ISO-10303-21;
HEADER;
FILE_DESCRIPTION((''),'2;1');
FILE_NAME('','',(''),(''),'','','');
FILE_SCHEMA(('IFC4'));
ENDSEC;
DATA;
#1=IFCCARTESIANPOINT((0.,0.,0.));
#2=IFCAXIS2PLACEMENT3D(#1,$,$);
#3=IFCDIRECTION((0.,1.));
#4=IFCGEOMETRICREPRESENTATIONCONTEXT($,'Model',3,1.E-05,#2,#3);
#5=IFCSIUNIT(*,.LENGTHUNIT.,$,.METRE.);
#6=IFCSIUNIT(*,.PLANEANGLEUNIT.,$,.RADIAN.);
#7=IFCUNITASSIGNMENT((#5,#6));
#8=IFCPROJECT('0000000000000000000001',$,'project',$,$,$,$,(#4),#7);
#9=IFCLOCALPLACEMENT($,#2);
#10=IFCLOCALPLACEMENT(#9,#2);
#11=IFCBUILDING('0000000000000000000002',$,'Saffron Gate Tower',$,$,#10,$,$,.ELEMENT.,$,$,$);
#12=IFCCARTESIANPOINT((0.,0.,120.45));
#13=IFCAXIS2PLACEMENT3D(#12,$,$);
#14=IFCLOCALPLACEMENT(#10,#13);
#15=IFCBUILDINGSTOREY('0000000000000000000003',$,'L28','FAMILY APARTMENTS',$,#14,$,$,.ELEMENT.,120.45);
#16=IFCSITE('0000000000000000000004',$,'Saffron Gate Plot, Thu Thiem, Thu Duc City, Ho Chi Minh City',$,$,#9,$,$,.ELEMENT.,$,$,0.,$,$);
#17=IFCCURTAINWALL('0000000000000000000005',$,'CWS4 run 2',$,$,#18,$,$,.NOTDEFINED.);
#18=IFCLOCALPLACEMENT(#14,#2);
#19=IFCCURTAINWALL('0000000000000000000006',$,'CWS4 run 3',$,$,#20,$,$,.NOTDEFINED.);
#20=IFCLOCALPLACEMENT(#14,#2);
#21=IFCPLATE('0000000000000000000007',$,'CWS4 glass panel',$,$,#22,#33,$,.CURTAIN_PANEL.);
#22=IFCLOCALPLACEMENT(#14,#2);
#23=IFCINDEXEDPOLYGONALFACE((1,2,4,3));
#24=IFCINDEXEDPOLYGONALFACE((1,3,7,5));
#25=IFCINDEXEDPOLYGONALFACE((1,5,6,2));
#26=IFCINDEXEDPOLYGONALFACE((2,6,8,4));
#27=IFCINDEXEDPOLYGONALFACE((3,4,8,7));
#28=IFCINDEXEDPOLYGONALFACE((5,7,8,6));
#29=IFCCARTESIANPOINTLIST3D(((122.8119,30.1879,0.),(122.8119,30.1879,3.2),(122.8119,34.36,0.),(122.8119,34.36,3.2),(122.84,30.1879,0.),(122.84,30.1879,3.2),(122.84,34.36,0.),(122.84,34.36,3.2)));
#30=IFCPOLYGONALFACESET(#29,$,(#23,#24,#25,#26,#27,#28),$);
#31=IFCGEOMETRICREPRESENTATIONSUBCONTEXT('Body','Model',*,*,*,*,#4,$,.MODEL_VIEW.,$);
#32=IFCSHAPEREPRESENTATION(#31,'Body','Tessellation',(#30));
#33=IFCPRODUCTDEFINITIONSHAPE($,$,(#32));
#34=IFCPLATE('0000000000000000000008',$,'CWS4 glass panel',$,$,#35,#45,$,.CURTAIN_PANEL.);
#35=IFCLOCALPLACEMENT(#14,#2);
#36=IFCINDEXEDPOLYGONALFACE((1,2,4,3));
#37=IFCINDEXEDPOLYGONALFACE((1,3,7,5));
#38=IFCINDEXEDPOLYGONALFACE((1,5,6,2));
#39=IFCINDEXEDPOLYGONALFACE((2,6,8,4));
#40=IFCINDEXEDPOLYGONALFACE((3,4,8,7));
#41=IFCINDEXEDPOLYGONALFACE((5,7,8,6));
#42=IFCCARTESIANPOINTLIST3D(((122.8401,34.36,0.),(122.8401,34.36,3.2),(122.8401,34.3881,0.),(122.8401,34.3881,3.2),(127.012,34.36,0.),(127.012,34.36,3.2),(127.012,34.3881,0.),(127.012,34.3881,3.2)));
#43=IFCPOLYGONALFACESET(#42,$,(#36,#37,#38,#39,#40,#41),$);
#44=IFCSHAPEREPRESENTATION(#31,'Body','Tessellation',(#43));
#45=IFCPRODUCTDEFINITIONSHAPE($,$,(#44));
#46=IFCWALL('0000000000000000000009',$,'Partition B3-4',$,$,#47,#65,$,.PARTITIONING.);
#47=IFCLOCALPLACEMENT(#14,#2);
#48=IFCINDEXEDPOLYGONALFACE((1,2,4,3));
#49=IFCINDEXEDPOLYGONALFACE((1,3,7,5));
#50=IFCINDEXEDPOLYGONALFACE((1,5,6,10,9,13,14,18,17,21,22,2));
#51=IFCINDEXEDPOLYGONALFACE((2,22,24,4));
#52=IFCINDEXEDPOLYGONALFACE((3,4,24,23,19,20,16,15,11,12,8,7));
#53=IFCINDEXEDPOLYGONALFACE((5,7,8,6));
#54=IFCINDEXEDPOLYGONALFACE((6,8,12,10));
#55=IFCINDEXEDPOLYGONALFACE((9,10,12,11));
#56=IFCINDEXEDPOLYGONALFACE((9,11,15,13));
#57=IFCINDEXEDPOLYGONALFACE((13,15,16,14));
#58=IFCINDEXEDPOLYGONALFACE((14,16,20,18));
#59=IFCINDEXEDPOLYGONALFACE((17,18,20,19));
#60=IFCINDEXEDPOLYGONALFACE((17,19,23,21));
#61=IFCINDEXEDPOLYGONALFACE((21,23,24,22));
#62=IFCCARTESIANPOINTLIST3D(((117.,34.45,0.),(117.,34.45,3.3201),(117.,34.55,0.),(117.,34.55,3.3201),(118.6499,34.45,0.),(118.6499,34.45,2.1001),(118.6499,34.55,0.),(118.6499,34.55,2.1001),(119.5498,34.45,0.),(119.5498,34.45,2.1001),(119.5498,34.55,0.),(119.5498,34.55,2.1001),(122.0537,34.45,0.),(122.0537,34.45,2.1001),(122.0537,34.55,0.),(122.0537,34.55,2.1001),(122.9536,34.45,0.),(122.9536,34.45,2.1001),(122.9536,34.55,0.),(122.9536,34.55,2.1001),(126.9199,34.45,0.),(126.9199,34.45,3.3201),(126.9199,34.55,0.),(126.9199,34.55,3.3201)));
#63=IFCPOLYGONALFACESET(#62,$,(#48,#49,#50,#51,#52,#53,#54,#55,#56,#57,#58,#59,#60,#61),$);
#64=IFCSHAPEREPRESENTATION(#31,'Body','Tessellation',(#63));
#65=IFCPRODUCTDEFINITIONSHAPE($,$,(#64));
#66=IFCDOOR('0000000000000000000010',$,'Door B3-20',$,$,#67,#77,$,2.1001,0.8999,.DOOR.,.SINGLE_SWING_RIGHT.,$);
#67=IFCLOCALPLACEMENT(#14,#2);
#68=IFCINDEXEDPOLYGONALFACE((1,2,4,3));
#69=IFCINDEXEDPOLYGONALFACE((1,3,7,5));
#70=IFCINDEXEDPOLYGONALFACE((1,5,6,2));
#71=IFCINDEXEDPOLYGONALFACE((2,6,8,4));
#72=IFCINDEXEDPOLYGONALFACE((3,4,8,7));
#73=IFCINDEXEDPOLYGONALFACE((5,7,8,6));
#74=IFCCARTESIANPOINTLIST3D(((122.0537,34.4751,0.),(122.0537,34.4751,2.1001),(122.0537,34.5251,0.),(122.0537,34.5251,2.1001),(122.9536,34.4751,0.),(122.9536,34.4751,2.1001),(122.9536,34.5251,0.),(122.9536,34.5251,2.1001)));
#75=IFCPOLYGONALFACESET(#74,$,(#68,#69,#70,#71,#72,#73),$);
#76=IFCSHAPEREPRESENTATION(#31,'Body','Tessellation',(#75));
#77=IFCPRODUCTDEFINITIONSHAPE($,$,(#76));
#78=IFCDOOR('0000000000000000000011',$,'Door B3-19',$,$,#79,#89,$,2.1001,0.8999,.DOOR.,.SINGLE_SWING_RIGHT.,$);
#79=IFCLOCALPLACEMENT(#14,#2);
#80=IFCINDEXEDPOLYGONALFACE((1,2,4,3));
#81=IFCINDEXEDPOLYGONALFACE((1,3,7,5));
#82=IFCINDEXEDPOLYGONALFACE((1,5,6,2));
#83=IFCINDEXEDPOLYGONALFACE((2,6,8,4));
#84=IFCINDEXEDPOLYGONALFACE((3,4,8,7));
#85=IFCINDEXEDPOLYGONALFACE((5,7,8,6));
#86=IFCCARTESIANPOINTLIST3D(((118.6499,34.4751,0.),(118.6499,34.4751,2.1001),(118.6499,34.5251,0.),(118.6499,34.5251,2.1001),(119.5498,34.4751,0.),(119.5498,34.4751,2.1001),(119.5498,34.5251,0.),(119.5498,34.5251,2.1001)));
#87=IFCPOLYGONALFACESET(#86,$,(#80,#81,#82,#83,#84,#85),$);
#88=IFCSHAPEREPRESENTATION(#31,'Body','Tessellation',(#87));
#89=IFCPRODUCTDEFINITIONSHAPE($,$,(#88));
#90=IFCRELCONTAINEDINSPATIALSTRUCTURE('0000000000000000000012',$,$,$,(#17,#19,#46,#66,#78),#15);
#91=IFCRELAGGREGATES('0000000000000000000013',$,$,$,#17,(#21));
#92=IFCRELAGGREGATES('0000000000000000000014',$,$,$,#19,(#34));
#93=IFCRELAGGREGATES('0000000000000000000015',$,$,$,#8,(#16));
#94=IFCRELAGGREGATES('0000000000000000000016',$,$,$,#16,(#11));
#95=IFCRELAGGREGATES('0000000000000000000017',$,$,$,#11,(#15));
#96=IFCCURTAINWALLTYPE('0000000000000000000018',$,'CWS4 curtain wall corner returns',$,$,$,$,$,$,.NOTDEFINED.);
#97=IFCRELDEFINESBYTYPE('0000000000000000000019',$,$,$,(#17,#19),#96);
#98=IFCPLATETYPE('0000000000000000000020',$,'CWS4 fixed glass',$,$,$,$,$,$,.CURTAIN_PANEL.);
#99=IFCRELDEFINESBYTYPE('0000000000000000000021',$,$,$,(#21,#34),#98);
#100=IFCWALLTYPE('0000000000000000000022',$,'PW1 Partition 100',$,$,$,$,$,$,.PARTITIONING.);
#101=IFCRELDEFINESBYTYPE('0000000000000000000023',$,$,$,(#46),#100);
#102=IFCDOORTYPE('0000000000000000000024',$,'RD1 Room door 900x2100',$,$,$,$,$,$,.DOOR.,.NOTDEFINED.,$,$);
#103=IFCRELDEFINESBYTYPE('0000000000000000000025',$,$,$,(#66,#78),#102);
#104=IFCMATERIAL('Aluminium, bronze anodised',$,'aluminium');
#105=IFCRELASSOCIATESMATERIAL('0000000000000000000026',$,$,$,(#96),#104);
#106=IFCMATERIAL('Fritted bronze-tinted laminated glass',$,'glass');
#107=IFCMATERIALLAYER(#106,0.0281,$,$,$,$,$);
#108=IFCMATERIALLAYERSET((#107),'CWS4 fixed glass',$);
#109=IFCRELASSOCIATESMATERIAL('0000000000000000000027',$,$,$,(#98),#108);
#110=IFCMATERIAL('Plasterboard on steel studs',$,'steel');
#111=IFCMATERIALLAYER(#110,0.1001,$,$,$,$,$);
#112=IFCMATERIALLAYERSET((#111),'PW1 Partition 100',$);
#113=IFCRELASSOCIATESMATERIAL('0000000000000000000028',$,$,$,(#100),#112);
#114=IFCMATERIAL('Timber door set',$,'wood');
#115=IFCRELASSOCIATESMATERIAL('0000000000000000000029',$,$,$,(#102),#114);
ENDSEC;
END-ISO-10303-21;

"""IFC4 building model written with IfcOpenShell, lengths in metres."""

from ifc_helpers import new_model, si_unit, direction, frame, frame_2d, origin, place, context, subcontext, project, spatial, rectangle, extrude, material, layer, layer_set, type_object, element, fill, aggregate, save


model = new_model("IFC4")

# Units and contexts
model_context = context("Model", 3, precision=1e-05, world=origin(), true_north=direction((0.0, 1.0)))
body_context = subcontext(model_context, "Body", "Model", "MODEL_VIEW")
ifc_project = project(units=[si_unit("LENGTHUNIT", "METRE"), si_unit("PLANEANGLEUNIT", "RADIAN")], contexts=[model_context])

# Site, building, storey
site_placement = place(None, origin())
site = spatial("IfcSite", under=ifc_project, at=site_placement, Name="Saffron Gate Plot, Thu Thiem, Thu Duc City, Ho Chi Minh City", CompositionType="ELEMENT", RefElevation=0.0)
building_placement = place(site_placement, origin())
building = spatial("IfcBuilding", under=site, at=building_placement, Name="Saffron Gate Tower", CompositionType="ELEMENT")
storey_placement = place(building_placement, frame((0.0, 0.0, 120.45)))
storey = spatial("IfcBuildingStorey", under=building, at=storey_placement, Name="L28", Description="FAMILY APARTMENTS", CompositionType="ELEMENT", Elevation=120.45)

# Shared definitions
ifc_material_1 = material(Name="Aluminium, bronze anodised", Category="aluminium")

# Curtain walls
curtain_wall_type_1 = type_object("IfcCurtainWallType", Name="CWS4 curtain wall corner returns", PredefinedType="NOTDEFINED", material=ifc_material_1)
curtain_wall_1_placement = place(storey_placement, origin())
curtain_wall_1 = element("IfcCurtainWall", 1, at=curtain_wall_1_placement, inside=storey, type_object=curtain_wall_type_1, Name="CWS4 run 2", PredefinedType="NOTDEFINED")
curtain_wall_2_placement = place(storey_placement, origin())
curtain_wall_2 = element("IfcCurtainWall", 2, at=curtain_wall_2_placement, inside=storey, type_object=curtain_wall_type_1, Name="CWS4 run 3", PredefinedType="NOTDEFINED")

# Shared definitions
ifc_material_2 = material(Name="Fritted bronze-tinted laminated glass", Category="glass")

# Plates
ifc_layer_1 = layer(ifc_material_2, 0.0281)
ifc_layer_set_1 = layer_set([ifc_layer_1], Name="CWS4 fixed glass")
plate_type_1 = type_object("IfcPlateType", Name="CWS4 fixed glass", PredefinedType="CURTAIN_PANEL", material=ifc_layer_set_1)
plate_1_placement = place(storey_placement, frame((122.8259, 30.188, 0.0), z_axis=(0.0, 0.0, 1.0), x_axis=(0.0, 1.0, 0.0)))
plate_1 = element("IfcPlate", 3, at=plate_1_placement, type_object=plate_type_1, Name="CWS4 glass panel", PredefinedType="CURTAIN_PANEL", context=body_context, shape_type="SweptSolid", body=[
    extrude(rectangle(XDim=4.1721, YDim=0.0281, at=frame_2d((2.0859, 0.0))), origin(), (0.0, 0.0, 1.0), 3.2),
])
aggregate(curtain_wall_1, [plate_1])
plate_2_placement = place(storey_placement, frame((122.8401, 34.374, 0.0), z_axis=(0.0, 0.0, 1.0), x_axis=(1.0, 0.0, 0.0)))
plate_2 = element("IfcPlate", 4, at=plate_2_placement, type_object=plate_type_1, Name="CWS4 glass panel", PredefinedType="CURTAIN_PANEL", context=body_context, shape_type="SweptSolid", body=[
    extrude(rectangle(XDim=4.1719, YDim=0.0281, at=frame_2d((2.0859, 0.0))), origin(), (0.0, 0.0, 1.0), 3.2),
])
aggregate(curtain_wall_2, [plate_2])

# Wall, openings, doors
ifc_material_3 = material(Name="Plasterboard on steel studs", Category="steel")
ifc_layer_2 = layer(ifc_material_3, 0.1001)
ifc_layer_set_2 = layer_set([ifc_layer_2], Name="PW1 Partition 100")
wall_type = type_object("IfcWallType", Name="PW1 Partition 100", PredefinedType="PARTITIONING", material=ifc_layer_set_2)
wall_placement = place(storey_placement, frame((126.9199, 34.5, 0.0), z_axis=(0.0, 0.0, 1.0), x_axis=(-1.0, 0.0, 0.0)))
wall = element("IfcWall", 5, at=wall_placement, inside=storey, type_object=wall_type, Name="Partition B3-4", PredefinedType="PARTITIONING", context=body_context, shape_type="SweptSolid", body=[
    extrude(rectangle(XDim=9.9199, YDim=0.1001, at=frame_2d((4.96, 0.0))), origin(), (0.0, 0.0, 1.0), 3.3201),
])
opening_1_placement = place(wall_placement, frame((3.9663, 0.0, 0.0)))
opening_1 = element("IfcOpeningElement", 6, at=opening_1_placement, cuts=wall, PredefinedType="OPENING", context=body_context, shape_type="SweptSolid", body=[
    extrude(rectangle(XDim=0.8999, YDim=2.1001, at=frame_2d((0.45, 1.05))), frame((0.0, 0.0601, 0.0), z_axis=(0.0, -1.0, 0.0), x_axis=(1.0, 0.0, 0.0)), (0.0, 0.0, 1.0), 0.1201),
])
opening_2_placement = place(wall_placement, frame((7.3701, 0.0, 0.0)))
opening_2 = element("IfcOpeningElement", 7, at=opening_2_placement, cuts=wall, PredefinedType="OPENING", context=body_context, shape_type="SweptSolid", body=[
    extrude(rectangle(XDim=0.8999, YDim=2.1001, at=frame_2d((0.45, 1.05))), frame((0.0, 0.0601, 0.0), z_axis=(0.0, -1.0, 0.0), x_axis=(1.0, 0.0, 0.0)), (0.0, 0.0, 1.0), 0.1201),
])
ifc_material_4 = material(Name="Timber door set", Category="wood")
door_type = type_object("IfcDoorType", Name="RD1 Room door 900x2100", OperationType="NOTDEFINED", PredefinedType="DOOR", material=ifc_material_4)
door_1_placement = place(opening_1_placement, origin())
door_1 = element("IfcDoor", 8, at=door_1_placement, inside=storey, type_object=door_type, Name="Door B3-20", OperationType="SINGLE_SWING_RIGHT", OverallHeight=2.1001, OverallWidth=0.8999, PredefinedType="DOOR", context=body_context, shape_type="SweptSolid", body=[
    extrude(rectangle(XDim=0.8999, YDim=2.1001, at=frame_2d((0.45, 1.05))), frame((0.0, 0.0249, 0.0), z_axis=(0.0, -1.0, 0.0), x_axis=(1.0, 0.0, 0.0)), (0.0, 0.0, 1.0), 0.05),
])
fill(opening_1, door_1)
door_2_placement = place(opening_2_placement, origin())
door_2 = element("IfcDoor", 9, at=door_2_placement, inside=storey, type_object=door_type, Name="Door B3-19", OperationType="SINGLE_SWING_RIGHT", OverallHeight=2.1001, OverallWidth=0.8999, PredefinedType="DOOR", context=body_context, shape_type="SweptSolid", body=[
    extrude(rectangle(XDim=0.8999, YDim=2.1001, at=frame_2d((0.45, 1.05))), frame((0.0, 0.0249, 0.0), z_axis=(0.0, -1.0, 0.0), x_axis=(1.0, 0.0, 0.0)), (0.0, 0.0, 1.0), 0.05),
])
fill(opening_2, door_2)

save(model, "model.ifc")
